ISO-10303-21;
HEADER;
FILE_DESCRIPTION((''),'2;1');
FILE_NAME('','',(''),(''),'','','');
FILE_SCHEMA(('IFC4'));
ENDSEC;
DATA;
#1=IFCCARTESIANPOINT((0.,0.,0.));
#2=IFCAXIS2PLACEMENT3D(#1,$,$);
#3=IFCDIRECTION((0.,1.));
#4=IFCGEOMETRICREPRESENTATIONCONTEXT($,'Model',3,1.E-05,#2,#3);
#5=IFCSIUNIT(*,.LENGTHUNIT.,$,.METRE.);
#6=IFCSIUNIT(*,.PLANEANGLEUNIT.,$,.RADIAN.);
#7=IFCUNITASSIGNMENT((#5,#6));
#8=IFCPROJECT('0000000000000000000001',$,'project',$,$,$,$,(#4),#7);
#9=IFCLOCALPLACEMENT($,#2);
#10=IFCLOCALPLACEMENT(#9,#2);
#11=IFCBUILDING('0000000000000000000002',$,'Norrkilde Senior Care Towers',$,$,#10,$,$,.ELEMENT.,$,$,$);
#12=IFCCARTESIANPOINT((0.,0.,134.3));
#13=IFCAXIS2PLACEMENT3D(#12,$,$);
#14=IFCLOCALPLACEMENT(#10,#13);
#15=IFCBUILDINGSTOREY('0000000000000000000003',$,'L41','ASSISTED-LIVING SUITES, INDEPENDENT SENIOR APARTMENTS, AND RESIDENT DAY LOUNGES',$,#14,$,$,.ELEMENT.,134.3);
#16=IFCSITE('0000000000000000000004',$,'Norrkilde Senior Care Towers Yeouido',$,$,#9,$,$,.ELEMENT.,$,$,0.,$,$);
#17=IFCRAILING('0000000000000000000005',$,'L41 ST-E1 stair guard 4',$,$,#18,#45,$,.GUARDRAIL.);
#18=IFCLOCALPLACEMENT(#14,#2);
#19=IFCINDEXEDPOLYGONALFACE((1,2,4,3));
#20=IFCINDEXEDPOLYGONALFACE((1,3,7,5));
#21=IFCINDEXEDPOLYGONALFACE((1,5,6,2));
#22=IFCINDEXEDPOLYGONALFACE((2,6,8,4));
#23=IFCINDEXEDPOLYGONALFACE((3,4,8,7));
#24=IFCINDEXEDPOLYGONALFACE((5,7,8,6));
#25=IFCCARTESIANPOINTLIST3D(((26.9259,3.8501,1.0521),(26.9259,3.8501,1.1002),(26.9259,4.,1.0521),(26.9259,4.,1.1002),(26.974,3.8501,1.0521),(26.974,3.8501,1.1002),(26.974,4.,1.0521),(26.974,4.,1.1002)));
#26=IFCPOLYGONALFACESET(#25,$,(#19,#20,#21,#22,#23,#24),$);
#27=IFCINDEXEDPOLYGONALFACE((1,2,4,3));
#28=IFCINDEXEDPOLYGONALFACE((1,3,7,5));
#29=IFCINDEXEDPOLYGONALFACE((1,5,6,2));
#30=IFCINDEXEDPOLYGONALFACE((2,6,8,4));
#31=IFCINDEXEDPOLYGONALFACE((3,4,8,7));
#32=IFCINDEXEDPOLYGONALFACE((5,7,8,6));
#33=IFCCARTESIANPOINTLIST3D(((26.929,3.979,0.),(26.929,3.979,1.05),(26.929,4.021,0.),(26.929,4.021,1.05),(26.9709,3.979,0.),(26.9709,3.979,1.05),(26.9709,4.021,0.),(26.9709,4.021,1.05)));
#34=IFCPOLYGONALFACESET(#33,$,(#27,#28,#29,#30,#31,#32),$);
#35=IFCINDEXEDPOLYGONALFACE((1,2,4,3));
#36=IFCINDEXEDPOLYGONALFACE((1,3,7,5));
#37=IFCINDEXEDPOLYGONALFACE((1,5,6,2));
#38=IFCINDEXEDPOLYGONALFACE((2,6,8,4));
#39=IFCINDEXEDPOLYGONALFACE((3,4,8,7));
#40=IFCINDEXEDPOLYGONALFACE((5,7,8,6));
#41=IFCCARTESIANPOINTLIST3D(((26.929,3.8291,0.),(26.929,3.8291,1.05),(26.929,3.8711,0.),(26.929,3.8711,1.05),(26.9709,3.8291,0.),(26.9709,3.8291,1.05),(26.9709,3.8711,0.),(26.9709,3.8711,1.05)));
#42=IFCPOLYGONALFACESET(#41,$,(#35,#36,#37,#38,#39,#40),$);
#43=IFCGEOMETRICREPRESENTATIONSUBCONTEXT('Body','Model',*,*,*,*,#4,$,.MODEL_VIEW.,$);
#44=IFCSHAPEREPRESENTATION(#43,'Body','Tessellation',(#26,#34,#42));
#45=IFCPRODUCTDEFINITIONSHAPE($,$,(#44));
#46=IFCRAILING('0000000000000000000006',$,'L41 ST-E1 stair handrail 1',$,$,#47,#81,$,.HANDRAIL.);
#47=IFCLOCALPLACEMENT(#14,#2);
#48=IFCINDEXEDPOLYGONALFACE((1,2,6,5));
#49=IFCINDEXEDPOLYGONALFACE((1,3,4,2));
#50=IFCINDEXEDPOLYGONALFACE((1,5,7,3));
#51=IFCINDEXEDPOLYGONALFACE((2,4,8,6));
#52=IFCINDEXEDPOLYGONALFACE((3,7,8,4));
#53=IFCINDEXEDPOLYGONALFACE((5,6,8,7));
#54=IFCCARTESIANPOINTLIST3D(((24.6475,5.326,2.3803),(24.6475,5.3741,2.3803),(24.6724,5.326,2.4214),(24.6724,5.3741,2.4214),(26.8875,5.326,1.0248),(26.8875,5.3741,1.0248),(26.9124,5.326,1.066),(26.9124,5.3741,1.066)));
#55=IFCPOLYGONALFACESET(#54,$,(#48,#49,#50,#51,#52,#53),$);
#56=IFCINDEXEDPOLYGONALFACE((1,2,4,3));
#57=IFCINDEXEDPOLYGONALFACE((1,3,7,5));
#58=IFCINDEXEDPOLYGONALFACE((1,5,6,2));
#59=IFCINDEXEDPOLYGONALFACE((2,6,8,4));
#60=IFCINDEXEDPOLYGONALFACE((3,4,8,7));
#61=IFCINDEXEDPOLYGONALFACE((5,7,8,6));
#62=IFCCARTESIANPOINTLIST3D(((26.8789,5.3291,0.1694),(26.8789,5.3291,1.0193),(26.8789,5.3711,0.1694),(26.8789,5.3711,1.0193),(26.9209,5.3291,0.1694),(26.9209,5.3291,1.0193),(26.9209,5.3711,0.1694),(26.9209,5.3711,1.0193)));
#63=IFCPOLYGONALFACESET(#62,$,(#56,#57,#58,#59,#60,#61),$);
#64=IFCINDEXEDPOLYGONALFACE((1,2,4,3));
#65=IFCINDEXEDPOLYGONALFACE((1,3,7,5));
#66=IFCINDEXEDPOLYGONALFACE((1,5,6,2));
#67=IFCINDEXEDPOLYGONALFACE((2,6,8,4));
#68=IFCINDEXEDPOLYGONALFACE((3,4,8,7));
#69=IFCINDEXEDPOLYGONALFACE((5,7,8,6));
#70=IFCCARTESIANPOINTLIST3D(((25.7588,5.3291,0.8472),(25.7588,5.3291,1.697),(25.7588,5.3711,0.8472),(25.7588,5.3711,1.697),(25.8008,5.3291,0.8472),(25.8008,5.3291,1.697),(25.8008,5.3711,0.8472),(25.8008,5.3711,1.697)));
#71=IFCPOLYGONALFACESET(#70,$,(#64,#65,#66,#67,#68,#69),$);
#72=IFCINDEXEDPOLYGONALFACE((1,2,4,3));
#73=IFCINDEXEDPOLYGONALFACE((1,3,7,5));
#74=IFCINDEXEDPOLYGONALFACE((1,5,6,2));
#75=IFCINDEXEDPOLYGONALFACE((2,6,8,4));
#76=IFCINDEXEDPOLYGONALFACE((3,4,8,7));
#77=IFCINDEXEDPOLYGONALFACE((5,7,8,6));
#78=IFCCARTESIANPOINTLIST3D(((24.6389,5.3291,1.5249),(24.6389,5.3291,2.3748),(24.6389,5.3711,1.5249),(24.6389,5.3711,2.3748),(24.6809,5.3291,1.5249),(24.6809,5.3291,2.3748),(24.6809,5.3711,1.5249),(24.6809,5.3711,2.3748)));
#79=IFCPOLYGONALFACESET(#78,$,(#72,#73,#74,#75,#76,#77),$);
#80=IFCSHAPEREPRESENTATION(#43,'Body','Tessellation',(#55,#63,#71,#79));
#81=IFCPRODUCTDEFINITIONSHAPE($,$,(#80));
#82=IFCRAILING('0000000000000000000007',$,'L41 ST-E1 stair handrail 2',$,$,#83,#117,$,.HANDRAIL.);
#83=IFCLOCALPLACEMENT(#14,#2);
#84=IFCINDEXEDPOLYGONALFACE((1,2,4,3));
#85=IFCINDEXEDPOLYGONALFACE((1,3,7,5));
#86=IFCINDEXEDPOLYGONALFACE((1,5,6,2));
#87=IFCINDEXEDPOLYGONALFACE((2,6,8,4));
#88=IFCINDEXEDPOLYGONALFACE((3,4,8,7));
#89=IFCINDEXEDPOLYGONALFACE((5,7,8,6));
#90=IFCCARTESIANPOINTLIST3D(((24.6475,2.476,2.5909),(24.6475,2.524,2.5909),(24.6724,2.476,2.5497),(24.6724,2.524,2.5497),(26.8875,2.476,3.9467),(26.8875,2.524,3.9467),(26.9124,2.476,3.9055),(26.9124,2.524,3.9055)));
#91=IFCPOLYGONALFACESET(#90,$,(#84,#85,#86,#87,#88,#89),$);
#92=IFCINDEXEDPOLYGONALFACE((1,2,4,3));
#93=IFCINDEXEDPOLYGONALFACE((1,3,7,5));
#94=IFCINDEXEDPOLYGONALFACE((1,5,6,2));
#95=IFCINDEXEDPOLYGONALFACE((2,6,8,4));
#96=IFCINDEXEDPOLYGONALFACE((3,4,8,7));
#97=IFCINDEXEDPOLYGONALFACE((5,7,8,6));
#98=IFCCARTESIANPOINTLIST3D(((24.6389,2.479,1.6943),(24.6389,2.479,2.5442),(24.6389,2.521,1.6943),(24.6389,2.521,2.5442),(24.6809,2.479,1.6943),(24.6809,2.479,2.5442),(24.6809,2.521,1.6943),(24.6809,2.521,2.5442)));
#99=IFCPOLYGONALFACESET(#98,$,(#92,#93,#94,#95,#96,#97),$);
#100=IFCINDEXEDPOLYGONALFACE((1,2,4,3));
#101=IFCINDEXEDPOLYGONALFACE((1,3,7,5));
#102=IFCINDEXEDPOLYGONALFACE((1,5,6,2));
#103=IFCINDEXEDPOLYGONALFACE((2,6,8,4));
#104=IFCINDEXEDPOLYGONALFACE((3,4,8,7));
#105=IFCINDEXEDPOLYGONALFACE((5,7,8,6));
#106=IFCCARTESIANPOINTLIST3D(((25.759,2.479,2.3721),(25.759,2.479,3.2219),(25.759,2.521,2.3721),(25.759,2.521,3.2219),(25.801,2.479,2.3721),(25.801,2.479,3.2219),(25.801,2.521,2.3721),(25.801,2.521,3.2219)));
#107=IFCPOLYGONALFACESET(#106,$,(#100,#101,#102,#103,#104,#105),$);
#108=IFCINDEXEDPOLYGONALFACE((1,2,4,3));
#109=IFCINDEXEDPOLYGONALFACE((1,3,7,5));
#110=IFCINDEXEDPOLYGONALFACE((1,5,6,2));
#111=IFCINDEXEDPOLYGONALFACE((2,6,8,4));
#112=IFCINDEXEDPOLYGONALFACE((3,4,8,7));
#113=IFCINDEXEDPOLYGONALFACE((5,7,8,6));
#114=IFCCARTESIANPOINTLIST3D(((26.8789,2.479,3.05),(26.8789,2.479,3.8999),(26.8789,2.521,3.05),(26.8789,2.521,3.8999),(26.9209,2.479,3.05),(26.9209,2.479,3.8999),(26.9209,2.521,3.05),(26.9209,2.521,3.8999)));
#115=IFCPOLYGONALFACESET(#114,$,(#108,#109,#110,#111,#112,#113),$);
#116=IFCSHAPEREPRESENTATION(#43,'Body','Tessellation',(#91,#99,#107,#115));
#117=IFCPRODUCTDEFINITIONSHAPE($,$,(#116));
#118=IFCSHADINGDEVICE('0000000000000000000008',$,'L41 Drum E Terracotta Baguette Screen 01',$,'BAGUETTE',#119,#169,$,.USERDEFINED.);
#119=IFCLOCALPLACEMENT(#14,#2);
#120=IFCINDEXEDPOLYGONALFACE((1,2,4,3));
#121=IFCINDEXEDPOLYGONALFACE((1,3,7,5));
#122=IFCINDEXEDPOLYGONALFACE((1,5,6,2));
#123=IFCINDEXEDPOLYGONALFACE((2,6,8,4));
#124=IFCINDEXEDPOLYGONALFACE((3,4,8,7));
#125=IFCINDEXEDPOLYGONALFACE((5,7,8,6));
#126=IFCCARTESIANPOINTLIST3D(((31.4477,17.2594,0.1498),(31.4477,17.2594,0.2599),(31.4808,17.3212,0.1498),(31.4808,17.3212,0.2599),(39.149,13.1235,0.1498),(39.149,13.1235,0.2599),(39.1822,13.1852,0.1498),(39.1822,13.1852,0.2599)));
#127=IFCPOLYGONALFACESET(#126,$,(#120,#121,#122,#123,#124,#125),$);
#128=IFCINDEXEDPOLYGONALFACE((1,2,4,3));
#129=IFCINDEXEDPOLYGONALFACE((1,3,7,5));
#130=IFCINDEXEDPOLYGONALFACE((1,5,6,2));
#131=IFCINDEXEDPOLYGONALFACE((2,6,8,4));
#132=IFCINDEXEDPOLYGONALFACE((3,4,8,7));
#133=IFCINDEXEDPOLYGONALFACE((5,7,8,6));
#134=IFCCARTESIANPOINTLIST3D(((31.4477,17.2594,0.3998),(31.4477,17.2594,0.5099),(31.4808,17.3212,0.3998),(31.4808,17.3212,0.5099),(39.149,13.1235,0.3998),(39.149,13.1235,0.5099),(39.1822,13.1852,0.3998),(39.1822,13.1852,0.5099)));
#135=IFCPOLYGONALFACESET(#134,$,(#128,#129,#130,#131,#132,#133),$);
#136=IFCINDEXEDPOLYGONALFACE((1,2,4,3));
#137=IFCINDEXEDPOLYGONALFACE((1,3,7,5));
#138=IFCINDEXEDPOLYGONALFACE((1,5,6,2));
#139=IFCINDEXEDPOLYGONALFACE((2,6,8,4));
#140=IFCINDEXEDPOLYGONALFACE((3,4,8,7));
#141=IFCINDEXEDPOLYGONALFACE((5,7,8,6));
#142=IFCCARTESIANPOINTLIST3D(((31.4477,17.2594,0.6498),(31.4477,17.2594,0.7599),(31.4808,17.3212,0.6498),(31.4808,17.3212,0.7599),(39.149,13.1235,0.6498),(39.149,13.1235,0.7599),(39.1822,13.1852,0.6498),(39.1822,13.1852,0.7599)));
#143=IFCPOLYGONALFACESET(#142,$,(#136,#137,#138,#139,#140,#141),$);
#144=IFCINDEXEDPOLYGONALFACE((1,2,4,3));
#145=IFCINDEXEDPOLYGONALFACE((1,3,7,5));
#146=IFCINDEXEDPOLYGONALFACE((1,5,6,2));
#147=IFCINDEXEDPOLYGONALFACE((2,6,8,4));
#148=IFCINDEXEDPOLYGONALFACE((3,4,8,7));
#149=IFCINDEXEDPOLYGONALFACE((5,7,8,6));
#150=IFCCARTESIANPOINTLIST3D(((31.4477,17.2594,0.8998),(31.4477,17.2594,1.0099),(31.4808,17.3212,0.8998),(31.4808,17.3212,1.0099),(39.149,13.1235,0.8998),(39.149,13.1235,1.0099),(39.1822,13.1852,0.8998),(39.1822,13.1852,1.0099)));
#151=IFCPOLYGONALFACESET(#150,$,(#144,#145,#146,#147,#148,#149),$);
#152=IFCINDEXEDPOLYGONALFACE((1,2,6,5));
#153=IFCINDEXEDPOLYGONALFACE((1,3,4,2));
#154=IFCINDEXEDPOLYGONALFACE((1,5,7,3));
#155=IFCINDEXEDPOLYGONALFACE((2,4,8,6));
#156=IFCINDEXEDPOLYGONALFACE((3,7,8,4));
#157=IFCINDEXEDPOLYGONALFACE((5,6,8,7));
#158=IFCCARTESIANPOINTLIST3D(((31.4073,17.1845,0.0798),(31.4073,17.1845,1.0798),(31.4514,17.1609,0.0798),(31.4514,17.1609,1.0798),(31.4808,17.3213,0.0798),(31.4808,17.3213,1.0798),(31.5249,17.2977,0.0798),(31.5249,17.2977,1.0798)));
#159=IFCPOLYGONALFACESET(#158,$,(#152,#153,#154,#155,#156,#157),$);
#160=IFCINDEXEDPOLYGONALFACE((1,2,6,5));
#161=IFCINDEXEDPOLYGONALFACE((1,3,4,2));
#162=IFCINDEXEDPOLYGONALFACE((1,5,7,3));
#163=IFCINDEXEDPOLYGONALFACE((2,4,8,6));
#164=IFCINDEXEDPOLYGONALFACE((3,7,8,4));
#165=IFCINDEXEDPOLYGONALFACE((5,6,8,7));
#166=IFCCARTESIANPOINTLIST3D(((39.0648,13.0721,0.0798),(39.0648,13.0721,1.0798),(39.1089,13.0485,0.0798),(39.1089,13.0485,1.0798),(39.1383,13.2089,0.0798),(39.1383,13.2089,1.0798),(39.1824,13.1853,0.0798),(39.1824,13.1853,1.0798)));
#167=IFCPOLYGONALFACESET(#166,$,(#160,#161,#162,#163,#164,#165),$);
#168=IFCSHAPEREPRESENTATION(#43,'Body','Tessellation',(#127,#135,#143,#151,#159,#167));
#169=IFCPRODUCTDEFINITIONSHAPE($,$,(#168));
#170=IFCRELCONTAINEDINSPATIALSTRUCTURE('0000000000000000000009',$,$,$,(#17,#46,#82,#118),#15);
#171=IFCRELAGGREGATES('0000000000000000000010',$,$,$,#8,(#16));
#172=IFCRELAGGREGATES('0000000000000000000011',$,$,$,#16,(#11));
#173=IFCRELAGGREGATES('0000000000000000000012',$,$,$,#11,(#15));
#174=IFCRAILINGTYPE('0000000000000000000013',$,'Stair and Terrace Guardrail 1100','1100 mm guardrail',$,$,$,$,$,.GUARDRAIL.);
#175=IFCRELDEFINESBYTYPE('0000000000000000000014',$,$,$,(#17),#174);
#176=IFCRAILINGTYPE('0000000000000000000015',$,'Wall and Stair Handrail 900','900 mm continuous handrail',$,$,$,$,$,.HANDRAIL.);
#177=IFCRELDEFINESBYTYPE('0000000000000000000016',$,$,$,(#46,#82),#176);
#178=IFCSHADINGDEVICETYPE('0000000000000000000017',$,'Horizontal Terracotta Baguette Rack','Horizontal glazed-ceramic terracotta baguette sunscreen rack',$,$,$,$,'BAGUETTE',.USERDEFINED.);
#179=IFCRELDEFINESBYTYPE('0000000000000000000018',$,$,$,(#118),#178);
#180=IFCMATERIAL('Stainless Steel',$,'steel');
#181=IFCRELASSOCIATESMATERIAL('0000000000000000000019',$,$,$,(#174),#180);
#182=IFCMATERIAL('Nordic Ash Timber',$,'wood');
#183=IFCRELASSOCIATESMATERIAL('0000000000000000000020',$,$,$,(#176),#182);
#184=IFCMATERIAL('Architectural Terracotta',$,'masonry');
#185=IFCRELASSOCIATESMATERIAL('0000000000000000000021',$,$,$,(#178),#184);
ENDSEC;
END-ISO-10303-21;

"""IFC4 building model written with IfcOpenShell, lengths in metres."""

from ifc_helpers import new_model, si_unit, direction, frame, origin, origin_2d, place, context, subcontext, project, spatial, rectangle, extrude, source, transform, mapped, material, type_object, type_shapes, element, save


model = new_model("IFC4")

# Units and contexts
model_context = context("Model", 3, precision=1e-05, world=origin(), true_north=direction((0.0, 1.0)))
body_context = subcontext(model_context, "Body", "Model", "MODEL_VIEW")
ifc_project = project(units=[si_unit("LENGTHUNIT", "METRE"), si_unit("PLANEANGLEUNIT", "RADIAN")], contexts=[model_context])

# Site, building, storey
site_placement = place(None, origin())
site = spatial("IfcSite", under=ifc_project, at=site_placement, Name="Norrkilde Senior Care Towers Yeouido", CompositionType="ELEMENT", RefElevation=0.0)
building_placement = place(site_placement, origin())
building = spatial("IfcBuilding", under=site, at=building_placement, Name="Norrkilde Senior Care Towers", CompositionType="ELEMENT")
storey_placement = place(building_placement, frame((0.0, 0.0, 134.3)))
storey = spatial("IfcBuildingStorey", under=building, at=storey_placement, Name="L41", Description="ASSISTED-LIVING SUITES, INDEPENDENT SENIOR APARTMENTS, AND RESIDENT DAY LOUNGES", CompositionType="ELEMENT", Elevation=134.3)

# Shared definitions
ifc_material_1 = material(Name="Stainless Steel", Category="steel")

# Shared definitions
ifc_material_2 = material(Name="Nordic Ash Timber", Category="wood")

# Railings
railing_type_1 = type_object("IfcRailingType", Name="Stair and Terrace Guardrail 1100", Description="1100 mm guardrail", PredefinedType="GUARDRAIL", material=ifc_material_1)
railing_1_placement = place(storey_placement, frame((26.95, 4.0, 0.0)))
element("IfcRailing", 1, at=railing_1_placement, inside=storey, type_object=railing_type_1, Name="L41 ST-E1 stair guard 4", PredefinedType="GUARDRAIL", context=body_context, shape_type="SweptSolid", body=[
    extrude(rectangle(XDim=0.0481, YDim=0.0481, at=origin_2d()), frame((0.0, 0.0, 1.0762), z_axis=(0.0, -1.0, 0.0), x_axis=(1.0, 0.0, 0.0)), (0.0, 0.0, 1.0), 0.1499),
    extrude(rectangle(XDim=0.042, YDim=0.042, at=origin_2d()), origin(), (0.0, 0.0, 1.0), 1.05),
    extrude(rectangle(XDim=0.042, YDim=0.042, at=origin_2d()), frame((0.0, -0.1499, 0.0)), (0.0, 0.0, 1.0), 1.05),
])
railing_type_2 = type_object("IfcRailingType", Name="Wall and Stair Handrail 900", Description="900 mm continuous handrail", PredefinedType="HANDRAIL", material=ifc_material_2)
railing_2_placement = place(storey_placement, frame((26.8999, 5.3501, 0.1694)))
element("IfcRailing", 2, at=railing_2_placement, inside=storey, type_object=railing_type_2, Name="L41 ST-E1 stair handrail 1", PredefinedType="HANDRAIL", context=body_context, shape_type="SweptSolid", body=[
    extrude(rectangle(XDim=0.0481, YDim=0.0481, at=origin_2d()), frame((0.0, 0.0, 0.876), z_axis=(-0.855553, 0.0, 0.517715), x_axis=(0.0, -1.0, 0.0)), (0.0, 0.0, 1.0), 2.6182),
    extrude(rectangle(XDim=0.042, YDim=0.042, at=origin_2d()), origin(), (0.0, 0.0, 1.0), 0.8499),
    extrude(rectangle(XDim=0.042, YDim=0.042, at=origin_2d()), frame((-1.1201, 0.0, 0.6777)), (0.0, 0.0, 1.0), 0.8499),
    extrude(rectangle(XDim=0.042, YDim=0.042, at=origin_2d()), frame((-2.24, 0.0, 1.3555)), (0.0, 0.0, 1.0), 0.8499),
])
railing_3_placement = place(storey_placement, frame((24.6599, 2.5, 1.6943)))
element("IfcRailing", 3, at=railing_3_placement, inside=storey, type_object=railing_type_2, Name="L41 ST-E1 stair handrail 2", PredefinedType="HANDRAIL", context=body_context, shape_type="SweptSolid", body=[
    extrude(rectangle(XDim=0.0481, YDim=0.0481, at=origin_2d()), frame((0.0, 0.0, 0.876), z_axis=(0.855512, 0.0, 0.517783), x_axis=(0.0, 1.0, 0.0)), (0.0, 0.0, 1.0), 2.6184),
    extrude(rectangle(XDim=0.042, YDim=0.042, at=origin_2d()), origin(), (0.0, 0.0, 1.0), 0.8499),
    extrude(rectangle(XDim=0.042, YDim=0.042, at=origin_2d()), frame((1.1201, 0.0, 0.6777)), (0.0, 0.0, 1.0), 0.8499),
    extrude(rectangle(XDim=0.042, YDim=0.042, at=origin_2d()), frame((2.24, 0.0, 1.3557)), (0.0, 0.0, 1.0), 0.8499),
])

# Shading device
ifc_material_3 = material(Name="Architectural Terracotta", Category="masonry")
shading_device_type = type_object("IfcShadingDeviceType", Name="Horizontal Terracotta Baguette Rack", Description="Horizontal glazed-ceramic terracotta baguette sunscreen rack", ElementType="BAGUETTE", PredefinedType="USERDEFINED", material=ifc_material_3)
shared_shape_1 = source(origin(), body_context, "Body", "SweptSolid", [
    extrude(rectangle(XDim=0.0701, YDim=0.1101, at=origin_2d()), frame((0.0, 0.0901, 0.125), z_axis=(1.0, 0.0, 0.0), x_axis=(0.0, 1.0, 0.0)), (0.0, 0.0, 1.0), 8.7417),
    extrude(rectangle(XDim=0.0701, YDim=0.1101, at=origin_2d()), frame((0.0, 0.0901, 0.375), z_axis=(1.0, 0.0, 0.0), x_axis=(0.0, 1.0, 0.0)), (0.0, 0.0, 1.0), 8.7417),
    extrude(rectangle(XDim=0.0701, YDim=0.1101, at=origin_2d()), frame((0.0, 0.0901, 0.625), z_axis=(1.0, 0.0, 0.0), x_axis=(0.0, 1.0, 0.0)), (0.0, 0.0, 1.0), 8.7417),
    extrude(rectangle(XDim=0.0701, YDim=0.1101, at=origin_2d()), frame((0.0, 0.0901, 0.875), z_axis=(1.0, 0.0, 0.0), x_axis=(0.0, 1.0, 0.0)), (0.0, 0.0, 1.0), 8.7417),
    extrude(rectangle(XDim=0.05, YDim=0.1553, at=origin_2d()), frame((0.0249, 0.0476, 0.0)), (0.0, 0.0, 1.0), 1.0),
    extrude(rectangle(XDim=0.05, YDim=0.1553, at=origin_2d()), frame((8.7168, 0.0476, 0.0)), (0.0, 0.0, 1.0), 1.0),
])
type_shapes(shading_device_type, [shared_shape_1])
shading_device_placement = place(storey_placement, frame((31.4216, 17.2109, 0.0798), z_axis=(0.0, 0.0, 1.0), x_axis=(0.880998, -0.473133, 0.0)))
element("IfcShadingDevice", 4, at=shading_device_placement, inside=storey, type_object=shading_device_type, Name="L41 Drum E Terracotta Baguette Screen 01", ObjectType="BAGUETTE", PredefinedType="USERDEFINED", context=body_context, shape_type="MappedRepresentation", body=[
    mapped(shared_shape_1, transform((0.0, 0.0, 0.0), x_axis=(1.0, 0.0, 0.0), y_axis=(0.0, 1.0, 0.0), z_axis=(0.0, 0.0, 1.0), scale=1.0)),
])

save(model, "model.ifc")
